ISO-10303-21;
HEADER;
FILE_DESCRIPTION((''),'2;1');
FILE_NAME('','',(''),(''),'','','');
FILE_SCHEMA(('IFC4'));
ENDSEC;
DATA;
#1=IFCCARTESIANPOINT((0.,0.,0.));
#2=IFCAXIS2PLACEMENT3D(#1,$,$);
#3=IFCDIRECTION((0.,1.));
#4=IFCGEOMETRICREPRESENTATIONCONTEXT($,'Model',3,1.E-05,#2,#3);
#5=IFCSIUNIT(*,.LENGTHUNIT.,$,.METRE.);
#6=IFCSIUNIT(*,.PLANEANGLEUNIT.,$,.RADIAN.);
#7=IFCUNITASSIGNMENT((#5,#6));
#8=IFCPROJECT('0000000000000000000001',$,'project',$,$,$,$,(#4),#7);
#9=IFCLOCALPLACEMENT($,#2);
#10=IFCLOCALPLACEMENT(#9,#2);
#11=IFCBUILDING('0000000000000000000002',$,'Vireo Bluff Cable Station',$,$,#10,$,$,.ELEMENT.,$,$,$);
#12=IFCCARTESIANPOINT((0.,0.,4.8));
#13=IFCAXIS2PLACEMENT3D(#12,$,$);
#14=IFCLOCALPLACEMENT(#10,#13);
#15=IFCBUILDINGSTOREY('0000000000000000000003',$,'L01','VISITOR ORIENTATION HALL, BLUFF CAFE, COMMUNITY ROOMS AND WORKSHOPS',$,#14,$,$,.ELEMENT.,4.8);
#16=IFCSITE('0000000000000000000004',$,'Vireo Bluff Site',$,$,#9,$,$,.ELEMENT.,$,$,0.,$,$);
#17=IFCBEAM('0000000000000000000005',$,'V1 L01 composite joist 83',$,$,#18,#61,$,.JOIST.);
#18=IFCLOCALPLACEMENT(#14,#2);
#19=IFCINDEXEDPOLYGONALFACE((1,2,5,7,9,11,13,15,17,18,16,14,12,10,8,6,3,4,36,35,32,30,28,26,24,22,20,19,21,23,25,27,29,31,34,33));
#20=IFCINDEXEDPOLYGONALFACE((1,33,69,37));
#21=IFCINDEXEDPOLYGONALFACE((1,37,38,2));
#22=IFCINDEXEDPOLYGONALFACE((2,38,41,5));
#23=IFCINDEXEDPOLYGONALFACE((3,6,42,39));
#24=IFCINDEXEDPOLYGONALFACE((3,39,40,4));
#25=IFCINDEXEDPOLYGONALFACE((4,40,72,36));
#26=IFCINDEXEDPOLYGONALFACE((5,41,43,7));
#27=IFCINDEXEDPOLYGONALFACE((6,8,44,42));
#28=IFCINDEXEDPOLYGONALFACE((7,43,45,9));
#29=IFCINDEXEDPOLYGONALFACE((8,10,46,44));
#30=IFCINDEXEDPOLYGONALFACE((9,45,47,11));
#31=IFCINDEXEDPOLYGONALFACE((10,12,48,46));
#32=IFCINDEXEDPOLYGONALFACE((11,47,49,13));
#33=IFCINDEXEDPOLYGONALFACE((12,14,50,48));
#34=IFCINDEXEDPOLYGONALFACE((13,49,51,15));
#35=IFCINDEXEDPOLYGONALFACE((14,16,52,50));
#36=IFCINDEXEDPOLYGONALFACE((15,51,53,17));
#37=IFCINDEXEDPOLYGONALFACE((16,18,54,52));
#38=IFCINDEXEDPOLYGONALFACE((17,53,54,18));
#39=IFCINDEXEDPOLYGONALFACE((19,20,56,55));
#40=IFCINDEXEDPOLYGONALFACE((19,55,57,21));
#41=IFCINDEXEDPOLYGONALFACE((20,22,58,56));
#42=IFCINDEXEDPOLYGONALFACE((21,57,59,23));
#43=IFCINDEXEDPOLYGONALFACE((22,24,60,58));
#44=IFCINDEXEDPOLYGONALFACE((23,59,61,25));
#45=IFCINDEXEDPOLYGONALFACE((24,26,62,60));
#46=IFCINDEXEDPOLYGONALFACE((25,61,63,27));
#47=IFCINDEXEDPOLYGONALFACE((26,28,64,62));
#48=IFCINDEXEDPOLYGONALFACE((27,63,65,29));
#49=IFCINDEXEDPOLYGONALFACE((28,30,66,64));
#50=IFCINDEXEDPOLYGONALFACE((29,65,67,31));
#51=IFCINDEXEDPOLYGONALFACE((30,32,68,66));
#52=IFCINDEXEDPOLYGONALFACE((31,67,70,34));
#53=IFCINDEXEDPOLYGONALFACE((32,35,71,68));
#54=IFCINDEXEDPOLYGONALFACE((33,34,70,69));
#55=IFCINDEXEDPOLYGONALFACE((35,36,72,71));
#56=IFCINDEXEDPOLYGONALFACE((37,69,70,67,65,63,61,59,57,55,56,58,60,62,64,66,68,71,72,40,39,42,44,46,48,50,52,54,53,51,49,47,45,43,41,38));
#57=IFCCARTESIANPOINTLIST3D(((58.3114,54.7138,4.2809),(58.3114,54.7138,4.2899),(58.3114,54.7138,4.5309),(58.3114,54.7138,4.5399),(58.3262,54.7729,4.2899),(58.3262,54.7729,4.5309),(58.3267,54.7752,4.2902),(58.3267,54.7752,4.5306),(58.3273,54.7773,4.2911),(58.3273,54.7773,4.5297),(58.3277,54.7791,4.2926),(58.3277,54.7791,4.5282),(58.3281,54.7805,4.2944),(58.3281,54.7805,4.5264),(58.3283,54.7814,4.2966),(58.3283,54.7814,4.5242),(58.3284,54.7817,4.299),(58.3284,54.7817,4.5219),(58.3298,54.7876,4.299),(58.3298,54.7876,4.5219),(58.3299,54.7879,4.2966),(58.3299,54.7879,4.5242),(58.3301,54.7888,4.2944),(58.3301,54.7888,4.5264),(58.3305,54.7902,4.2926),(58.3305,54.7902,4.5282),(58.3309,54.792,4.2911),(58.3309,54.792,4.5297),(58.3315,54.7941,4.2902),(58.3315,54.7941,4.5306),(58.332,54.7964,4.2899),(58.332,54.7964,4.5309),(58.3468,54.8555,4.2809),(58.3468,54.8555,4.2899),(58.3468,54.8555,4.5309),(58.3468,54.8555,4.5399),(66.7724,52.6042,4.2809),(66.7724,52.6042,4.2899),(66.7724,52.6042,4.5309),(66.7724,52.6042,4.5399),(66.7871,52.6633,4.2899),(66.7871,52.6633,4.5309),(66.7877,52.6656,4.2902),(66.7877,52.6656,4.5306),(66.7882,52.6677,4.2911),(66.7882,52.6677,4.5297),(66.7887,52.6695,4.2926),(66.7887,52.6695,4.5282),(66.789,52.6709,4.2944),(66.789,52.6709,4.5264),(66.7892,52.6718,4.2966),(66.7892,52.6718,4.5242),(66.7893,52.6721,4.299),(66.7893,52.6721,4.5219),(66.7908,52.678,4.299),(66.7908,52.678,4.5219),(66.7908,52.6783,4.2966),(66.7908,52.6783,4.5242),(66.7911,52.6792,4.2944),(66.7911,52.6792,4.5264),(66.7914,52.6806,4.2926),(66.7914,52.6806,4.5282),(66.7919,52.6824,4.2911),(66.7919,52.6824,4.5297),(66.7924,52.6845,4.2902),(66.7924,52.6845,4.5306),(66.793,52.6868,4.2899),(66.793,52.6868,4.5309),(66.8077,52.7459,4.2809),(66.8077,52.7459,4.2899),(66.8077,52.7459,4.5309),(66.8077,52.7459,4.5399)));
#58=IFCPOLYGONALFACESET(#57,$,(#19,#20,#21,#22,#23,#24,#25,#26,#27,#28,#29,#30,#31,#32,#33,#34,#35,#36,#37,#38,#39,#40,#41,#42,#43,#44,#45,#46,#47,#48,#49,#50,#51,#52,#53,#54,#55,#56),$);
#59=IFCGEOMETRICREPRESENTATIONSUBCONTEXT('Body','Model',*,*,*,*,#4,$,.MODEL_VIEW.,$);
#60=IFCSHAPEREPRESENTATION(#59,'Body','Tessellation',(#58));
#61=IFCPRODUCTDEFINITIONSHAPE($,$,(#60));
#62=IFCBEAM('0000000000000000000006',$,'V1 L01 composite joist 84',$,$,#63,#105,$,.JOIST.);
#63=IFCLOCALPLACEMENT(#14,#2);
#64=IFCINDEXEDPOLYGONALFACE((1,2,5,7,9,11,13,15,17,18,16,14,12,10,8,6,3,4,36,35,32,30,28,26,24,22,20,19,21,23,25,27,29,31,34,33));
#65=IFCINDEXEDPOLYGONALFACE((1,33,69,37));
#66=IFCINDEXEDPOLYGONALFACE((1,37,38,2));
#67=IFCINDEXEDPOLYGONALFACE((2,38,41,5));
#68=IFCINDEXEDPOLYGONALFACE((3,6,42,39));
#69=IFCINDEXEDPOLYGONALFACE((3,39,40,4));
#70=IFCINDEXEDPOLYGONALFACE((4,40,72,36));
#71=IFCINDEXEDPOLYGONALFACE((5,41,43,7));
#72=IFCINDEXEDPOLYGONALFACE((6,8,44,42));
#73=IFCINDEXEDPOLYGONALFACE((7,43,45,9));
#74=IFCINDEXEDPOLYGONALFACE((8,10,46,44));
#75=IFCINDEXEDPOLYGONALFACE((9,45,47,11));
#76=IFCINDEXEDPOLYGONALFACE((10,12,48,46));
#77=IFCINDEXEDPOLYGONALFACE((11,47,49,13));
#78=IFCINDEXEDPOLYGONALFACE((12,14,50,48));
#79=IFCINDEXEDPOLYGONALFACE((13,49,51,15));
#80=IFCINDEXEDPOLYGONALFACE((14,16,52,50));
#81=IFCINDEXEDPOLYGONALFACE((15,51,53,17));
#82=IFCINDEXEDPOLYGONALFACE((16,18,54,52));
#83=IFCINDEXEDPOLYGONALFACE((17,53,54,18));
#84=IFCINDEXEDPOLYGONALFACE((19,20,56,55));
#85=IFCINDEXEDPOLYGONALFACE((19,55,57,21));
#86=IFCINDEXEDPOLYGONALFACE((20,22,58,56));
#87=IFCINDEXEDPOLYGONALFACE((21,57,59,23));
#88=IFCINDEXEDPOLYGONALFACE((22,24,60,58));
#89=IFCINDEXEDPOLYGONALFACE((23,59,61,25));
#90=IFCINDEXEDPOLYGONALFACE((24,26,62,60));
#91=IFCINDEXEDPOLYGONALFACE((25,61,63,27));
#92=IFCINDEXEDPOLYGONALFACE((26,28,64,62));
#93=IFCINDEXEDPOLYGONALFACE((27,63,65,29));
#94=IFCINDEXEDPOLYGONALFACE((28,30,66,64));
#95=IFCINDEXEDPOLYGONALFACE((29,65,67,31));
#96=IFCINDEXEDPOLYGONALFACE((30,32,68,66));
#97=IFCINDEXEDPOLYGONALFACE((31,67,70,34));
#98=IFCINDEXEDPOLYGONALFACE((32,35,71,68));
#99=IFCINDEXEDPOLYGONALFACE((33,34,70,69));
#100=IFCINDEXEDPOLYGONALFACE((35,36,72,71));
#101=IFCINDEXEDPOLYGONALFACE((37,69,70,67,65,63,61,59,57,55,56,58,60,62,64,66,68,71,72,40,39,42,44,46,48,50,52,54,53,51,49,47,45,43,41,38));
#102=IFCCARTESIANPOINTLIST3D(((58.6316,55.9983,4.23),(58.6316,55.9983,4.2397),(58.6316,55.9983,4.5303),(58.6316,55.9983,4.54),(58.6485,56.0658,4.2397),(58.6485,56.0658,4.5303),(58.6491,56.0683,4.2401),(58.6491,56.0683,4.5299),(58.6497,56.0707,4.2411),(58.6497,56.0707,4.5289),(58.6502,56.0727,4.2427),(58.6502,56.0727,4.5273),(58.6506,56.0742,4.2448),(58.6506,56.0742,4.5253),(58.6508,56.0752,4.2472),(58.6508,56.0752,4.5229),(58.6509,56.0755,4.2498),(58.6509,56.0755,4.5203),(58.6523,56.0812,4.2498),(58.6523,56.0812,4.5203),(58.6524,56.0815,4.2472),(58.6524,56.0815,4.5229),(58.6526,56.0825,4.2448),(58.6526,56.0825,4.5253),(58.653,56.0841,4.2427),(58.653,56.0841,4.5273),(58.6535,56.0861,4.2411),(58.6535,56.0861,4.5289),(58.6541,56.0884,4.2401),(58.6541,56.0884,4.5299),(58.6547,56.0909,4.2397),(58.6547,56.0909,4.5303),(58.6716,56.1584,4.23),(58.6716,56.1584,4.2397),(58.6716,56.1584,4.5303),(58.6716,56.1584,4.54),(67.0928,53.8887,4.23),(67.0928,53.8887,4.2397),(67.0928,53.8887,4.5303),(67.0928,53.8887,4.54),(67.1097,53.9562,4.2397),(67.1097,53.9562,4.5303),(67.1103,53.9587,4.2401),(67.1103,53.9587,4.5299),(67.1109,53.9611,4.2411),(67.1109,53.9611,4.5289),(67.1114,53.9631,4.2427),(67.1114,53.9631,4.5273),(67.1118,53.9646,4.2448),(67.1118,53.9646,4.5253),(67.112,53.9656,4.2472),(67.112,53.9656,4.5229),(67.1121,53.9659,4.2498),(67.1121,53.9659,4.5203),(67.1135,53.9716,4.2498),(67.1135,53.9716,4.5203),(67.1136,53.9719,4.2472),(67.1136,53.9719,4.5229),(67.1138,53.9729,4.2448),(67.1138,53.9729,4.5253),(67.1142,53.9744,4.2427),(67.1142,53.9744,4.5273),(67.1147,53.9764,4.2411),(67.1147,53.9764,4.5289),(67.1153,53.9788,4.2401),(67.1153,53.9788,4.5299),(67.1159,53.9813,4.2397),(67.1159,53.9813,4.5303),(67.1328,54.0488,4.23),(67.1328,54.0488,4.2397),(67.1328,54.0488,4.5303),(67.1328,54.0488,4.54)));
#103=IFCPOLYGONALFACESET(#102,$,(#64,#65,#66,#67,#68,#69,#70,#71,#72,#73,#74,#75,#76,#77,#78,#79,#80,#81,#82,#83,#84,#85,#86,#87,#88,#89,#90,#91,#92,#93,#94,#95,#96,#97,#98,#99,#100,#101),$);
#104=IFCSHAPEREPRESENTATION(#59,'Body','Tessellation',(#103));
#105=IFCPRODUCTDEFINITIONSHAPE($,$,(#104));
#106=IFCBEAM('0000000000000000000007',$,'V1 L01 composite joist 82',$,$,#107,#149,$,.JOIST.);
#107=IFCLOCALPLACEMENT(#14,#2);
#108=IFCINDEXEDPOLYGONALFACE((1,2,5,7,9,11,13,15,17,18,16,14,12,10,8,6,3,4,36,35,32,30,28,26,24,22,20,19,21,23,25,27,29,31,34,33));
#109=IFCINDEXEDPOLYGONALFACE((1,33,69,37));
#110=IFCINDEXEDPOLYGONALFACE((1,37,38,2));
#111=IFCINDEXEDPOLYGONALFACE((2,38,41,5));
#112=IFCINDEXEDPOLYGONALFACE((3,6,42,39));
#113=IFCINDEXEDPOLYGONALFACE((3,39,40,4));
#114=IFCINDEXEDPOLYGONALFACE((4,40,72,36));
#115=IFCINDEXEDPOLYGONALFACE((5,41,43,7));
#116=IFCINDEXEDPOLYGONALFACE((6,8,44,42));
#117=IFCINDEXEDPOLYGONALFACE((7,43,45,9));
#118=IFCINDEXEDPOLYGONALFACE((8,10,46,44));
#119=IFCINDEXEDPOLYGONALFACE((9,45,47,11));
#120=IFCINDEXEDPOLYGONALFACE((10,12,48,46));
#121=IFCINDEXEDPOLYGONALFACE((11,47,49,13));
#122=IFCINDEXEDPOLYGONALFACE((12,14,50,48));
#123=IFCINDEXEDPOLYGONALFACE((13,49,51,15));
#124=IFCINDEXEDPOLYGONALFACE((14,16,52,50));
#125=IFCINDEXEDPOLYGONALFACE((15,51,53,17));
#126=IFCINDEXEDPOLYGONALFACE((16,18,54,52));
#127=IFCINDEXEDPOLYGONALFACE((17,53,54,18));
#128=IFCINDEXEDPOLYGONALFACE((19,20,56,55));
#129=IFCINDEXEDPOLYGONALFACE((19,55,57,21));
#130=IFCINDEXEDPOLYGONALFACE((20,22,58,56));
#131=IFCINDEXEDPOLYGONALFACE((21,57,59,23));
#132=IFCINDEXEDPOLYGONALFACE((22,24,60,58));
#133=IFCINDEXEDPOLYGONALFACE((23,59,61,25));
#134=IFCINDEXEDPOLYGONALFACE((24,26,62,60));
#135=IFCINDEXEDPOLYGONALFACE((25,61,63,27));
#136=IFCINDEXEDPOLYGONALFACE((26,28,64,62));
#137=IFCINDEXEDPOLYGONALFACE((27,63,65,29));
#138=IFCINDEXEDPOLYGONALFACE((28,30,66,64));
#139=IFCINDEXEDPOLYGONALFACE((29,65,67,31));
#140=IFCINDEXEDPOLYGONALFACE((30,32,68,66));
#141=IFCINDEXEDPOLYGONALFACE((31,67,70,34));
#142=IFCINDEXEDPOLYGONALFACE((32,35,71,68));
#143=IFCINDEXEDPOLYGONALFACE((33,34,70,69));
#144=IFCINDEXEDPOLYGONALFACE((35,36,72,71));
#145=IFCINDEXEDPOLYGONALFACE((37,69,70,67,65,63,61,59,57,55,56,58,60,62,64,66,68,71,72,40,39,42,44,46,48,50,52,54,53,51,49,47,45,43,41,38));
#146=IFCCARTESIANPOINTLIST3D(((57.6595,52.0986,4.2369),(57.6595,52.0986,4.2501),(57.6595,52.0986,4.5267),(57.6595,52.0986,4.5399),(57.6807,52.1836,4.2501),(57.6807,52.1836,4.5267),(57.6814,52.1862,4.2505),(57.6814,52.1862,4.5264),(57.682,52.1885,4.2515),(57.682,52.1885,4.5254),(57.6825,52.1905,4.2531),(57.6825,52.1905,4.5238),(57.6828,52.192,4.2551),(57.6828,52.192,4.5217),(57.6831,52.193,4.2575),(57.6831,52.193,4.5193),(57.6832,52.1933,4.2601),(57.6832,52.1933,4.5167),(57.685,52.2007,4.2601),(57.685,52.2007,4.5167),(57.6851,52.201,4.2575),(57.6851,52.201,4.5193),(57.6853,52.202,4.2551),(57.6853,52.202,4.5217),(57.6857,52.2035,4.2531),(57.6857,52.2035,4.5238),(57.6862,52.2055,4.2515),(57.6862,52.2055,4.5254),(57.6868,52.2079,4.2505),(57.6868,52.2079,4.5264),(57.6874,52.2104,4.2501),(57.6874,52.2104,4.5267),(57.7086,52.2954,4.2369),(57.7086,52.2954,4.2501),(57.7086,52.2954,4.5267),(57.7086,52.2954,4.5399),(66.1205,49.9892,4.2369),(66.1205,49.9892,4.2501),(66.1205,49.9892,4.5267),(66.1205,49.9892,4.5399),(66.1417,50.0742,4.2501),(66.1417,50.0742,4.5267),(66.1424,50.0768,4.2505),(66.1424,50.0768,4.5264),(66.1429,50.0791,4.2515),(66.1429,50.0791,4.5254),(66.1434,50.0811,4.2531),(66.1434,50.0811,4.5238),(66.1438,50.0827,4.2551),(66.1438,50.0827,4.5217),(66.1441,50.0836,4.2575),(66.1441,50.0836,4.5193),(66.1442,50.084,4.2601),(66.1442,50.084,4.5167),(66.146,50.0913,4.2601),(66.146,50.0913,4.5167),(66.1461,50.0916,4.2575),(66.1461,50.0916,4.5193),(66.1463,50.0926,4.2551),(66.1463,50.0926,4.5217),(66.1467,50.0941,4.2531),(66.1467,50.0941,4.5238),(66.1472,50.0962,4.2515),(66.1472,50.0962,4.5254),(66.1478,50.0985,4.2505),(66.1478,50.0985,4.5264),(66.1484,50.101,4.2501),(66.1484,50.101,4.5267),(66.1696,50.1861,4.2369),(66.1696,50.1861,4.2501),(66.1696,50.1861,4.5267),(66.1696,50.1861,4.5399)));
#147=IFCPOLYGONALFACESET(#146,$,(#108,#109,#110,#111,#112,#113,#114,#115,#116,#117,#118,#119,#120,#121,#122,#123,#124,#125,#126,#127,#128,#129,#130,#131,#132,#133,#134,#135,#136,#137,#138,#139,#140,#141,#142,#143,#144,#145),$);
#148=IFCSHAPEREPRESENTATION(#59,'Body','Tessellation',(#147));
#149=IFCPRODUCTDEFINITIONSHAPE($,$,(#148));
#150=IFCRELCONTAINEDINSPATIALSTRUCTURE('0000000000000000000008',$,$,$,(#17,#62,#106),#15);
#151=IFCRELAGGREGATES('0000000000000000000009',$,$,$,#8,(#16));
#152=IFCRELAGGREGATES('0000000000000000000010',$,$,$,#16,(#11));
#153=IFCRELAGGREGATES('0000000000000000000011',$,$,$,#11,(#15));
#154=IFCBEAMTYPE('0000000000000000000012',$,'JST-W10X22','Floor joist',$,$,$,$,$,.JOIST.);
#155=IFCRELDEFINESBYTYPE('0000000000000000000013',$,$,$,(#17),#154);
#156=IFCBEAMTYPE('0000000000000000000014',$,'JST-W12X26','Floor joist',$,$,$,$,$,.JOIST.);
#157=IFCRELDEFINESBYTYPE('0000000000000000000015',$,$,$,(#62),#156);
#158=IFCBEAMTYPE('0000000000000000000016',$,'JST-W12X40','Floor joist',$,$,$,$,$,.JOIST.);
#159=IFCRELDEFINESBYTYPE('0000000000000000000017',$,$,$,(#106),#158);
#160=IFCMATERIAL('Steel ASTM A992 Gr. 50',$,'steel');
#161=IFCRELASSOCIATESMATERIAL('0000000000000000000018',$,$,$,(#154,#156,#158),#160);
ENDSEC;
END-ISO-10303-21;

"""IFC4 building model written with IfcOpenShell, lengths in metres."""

from ifc_helpers import new_model, si_unit, direction, frame, origin, origin_2d, place, context, subcontext, project, spatial, i_section, extrude, material, material_profile, profile_set, type_object, element, save


model = new_model("IFC4")

# Units and contexts
model_context = context("Model", 3, precision=1e-05, world=origin(), true_north=direction((0.0, 1.0)))
body_context = subcontext(model_context, "Body", "Model", "MODEL_VIEW")
ifc_project = project(units=[si_unit("LENGTHUNIT", "METRE"), si_unit("PLANEANGLEUNIT", "RADIAN")], contexts=[model_context])

# Site, building, storey
site_placement = place(None, origin())
site = spatial("IfcSite", under=ifc_project, at=site_placement, Name="Vireo Bluff Site", CompositionType="ELEMENT", RefElevation=0.0)
building_placement = place(site_placement, origin())
building = spatial("IfcBuilding", under=site, at=building_placement, Name="Vireo Bluff Cable Station", CompositionType="ELEMENT")
storey_placement = place(building_placement, frame((0.0, 0.0, 4.8)))
storey = spatial("IfcBuildingStorey", under=building, at=storey_placement, Name="L01", Description="VISITOR ORIENTATION HALL, BLUFF CAFE, COMMUNITY ROOMS AND WORKSHOPS", CompositionType="ELEMENT", Elevation=4.8)

# Shared definitions
ifc_material_1 = material(Name="Steel ASTM A992 Gr. 50", Category="steel")

# Beams
ifc_material_profile_1 = material_profile(ifc_material_1, i_section(OverallWidth=0.146, OverallDepth=0.259, WebThickness=0.0061, FlangeThickness=0.009, FilletRadius=0.009, at=origin_2d()), Name="W10X22")
ifc_profile_set_1 = profile_set([ifc_material_profile_1], Name="Steel ASTM A992 Gr. 50")
beam_type_1 = type_object("IfcBeamType", Name="JST-W10X22", Description="Floor joist", PredefinedType="JOIST", material=ifc_profile_set_1)
beam_1_placement = place(storey_placement, frame((58.3291, 54.7847, 4.4104), z_axis=(0.970294, -0.24193, 0.0), x_axis=(0.24193, 0.970294, 0.0)))
element("IfcBeam", 1, at=beam_1_placement, inside=storey, type_object=beam_type_1, Name="V1 L01 composite joist 83", PredefinedType="JOIST", context=body_context, shape_type="SweptSolid", body=[
    extrude(i_section(OverallWidth=0.146, OverallDepth=0.259, WebThickness=0.0061, FlangeThickness=0.009, FilletRadius=0.009, at=origin_2d()), origin(), (0.0, 0.0, 1.0), 8.72),
])
ifc_material_profile_2 = material_profile(ifc_material_1, i_section(OverallWidth=0.165, OverallDepth=0.3101, WebThickness=0.0059, FlangeThickness=0.0098, FilletRadius=0.01, at=origin_2d()), Name="W12X26")
ifc_profile_set_2 = profile_set([ifc_material_profile_2], Name="Steel ASTM A992 Gr. 50")
beam_type_2 = type_object("IfcBeamType", Name="JST-W12X26", Description="Floor joist", PredefinedType="JOIST", material=ifc_profile_set_2)
beam_2_placement = place(storey_placement, frame((58.6516, 56.0784, 4.385), z_axis=(0.970295, -0.241923, 0.0), x_axis=(0.241923, 0.970295, 0.0)))
element("IfcBeam", 2, at=beam_2_placement, inside=storey, type_object=beam_type_2, Name="V1 L01 composite joist 84", PredefinedType="JOIST", context=body_context, shape_type="SweptSolid", body=[
    extrude(i_section(OverallWidth=0.165, OverallDepth=0.3101, WebThickness=0.0059, FlangeThickness=0.0098, FilletRadius=0.01, at=origin_2d()), origin(), (0.0, 0.0, 1.0), 8.7202),
])
ifc_material_profile_3 = material_profile(ifc_material_1, i_section(OverallWidth=0.2029, OverallDepth=0.303, WebThickness=0.0076, FlangeThickness=0.0132, FilletRadius=0.01, at=origin_2d()), Name="W12X40")
ifc_profile_set_3 = profile_set([ifc_material_profile_3], Name="Steel ASTM A992 Gr. 50")
beam_type_3 = type_object("IfcBeamType", Name="JST-W12X40", Description="Floor joist", PredefinedType="JOIST", material=ifc_profile_set_3)
beam_3_placement = place(storey_placement, frame((57.6841, 52.197, 4.3884), z_axis=(0.9703, -0.241903, 0.0), x_axis=(0.241903, 0.9703, 0.0)))
element("IfcBeam", 3, at=beam_3_placement, inside=storey, type_object=beam_type_3, Name="V1 L01 composite joist 82", PredefinedType="JOIST", context=body_context, shape_type="SweptSolid", body=[
    extrude(i_section(OverallWidth=0.2029, OverallDepth=0.303, WebThickness=0.0076, FlangeThickness=0.0132, FilletRadius=0.01, at=origin_2d()), origin(), (0.0, 0.0, 1.0), 8.72),
])

save(model, "model.ifc")
